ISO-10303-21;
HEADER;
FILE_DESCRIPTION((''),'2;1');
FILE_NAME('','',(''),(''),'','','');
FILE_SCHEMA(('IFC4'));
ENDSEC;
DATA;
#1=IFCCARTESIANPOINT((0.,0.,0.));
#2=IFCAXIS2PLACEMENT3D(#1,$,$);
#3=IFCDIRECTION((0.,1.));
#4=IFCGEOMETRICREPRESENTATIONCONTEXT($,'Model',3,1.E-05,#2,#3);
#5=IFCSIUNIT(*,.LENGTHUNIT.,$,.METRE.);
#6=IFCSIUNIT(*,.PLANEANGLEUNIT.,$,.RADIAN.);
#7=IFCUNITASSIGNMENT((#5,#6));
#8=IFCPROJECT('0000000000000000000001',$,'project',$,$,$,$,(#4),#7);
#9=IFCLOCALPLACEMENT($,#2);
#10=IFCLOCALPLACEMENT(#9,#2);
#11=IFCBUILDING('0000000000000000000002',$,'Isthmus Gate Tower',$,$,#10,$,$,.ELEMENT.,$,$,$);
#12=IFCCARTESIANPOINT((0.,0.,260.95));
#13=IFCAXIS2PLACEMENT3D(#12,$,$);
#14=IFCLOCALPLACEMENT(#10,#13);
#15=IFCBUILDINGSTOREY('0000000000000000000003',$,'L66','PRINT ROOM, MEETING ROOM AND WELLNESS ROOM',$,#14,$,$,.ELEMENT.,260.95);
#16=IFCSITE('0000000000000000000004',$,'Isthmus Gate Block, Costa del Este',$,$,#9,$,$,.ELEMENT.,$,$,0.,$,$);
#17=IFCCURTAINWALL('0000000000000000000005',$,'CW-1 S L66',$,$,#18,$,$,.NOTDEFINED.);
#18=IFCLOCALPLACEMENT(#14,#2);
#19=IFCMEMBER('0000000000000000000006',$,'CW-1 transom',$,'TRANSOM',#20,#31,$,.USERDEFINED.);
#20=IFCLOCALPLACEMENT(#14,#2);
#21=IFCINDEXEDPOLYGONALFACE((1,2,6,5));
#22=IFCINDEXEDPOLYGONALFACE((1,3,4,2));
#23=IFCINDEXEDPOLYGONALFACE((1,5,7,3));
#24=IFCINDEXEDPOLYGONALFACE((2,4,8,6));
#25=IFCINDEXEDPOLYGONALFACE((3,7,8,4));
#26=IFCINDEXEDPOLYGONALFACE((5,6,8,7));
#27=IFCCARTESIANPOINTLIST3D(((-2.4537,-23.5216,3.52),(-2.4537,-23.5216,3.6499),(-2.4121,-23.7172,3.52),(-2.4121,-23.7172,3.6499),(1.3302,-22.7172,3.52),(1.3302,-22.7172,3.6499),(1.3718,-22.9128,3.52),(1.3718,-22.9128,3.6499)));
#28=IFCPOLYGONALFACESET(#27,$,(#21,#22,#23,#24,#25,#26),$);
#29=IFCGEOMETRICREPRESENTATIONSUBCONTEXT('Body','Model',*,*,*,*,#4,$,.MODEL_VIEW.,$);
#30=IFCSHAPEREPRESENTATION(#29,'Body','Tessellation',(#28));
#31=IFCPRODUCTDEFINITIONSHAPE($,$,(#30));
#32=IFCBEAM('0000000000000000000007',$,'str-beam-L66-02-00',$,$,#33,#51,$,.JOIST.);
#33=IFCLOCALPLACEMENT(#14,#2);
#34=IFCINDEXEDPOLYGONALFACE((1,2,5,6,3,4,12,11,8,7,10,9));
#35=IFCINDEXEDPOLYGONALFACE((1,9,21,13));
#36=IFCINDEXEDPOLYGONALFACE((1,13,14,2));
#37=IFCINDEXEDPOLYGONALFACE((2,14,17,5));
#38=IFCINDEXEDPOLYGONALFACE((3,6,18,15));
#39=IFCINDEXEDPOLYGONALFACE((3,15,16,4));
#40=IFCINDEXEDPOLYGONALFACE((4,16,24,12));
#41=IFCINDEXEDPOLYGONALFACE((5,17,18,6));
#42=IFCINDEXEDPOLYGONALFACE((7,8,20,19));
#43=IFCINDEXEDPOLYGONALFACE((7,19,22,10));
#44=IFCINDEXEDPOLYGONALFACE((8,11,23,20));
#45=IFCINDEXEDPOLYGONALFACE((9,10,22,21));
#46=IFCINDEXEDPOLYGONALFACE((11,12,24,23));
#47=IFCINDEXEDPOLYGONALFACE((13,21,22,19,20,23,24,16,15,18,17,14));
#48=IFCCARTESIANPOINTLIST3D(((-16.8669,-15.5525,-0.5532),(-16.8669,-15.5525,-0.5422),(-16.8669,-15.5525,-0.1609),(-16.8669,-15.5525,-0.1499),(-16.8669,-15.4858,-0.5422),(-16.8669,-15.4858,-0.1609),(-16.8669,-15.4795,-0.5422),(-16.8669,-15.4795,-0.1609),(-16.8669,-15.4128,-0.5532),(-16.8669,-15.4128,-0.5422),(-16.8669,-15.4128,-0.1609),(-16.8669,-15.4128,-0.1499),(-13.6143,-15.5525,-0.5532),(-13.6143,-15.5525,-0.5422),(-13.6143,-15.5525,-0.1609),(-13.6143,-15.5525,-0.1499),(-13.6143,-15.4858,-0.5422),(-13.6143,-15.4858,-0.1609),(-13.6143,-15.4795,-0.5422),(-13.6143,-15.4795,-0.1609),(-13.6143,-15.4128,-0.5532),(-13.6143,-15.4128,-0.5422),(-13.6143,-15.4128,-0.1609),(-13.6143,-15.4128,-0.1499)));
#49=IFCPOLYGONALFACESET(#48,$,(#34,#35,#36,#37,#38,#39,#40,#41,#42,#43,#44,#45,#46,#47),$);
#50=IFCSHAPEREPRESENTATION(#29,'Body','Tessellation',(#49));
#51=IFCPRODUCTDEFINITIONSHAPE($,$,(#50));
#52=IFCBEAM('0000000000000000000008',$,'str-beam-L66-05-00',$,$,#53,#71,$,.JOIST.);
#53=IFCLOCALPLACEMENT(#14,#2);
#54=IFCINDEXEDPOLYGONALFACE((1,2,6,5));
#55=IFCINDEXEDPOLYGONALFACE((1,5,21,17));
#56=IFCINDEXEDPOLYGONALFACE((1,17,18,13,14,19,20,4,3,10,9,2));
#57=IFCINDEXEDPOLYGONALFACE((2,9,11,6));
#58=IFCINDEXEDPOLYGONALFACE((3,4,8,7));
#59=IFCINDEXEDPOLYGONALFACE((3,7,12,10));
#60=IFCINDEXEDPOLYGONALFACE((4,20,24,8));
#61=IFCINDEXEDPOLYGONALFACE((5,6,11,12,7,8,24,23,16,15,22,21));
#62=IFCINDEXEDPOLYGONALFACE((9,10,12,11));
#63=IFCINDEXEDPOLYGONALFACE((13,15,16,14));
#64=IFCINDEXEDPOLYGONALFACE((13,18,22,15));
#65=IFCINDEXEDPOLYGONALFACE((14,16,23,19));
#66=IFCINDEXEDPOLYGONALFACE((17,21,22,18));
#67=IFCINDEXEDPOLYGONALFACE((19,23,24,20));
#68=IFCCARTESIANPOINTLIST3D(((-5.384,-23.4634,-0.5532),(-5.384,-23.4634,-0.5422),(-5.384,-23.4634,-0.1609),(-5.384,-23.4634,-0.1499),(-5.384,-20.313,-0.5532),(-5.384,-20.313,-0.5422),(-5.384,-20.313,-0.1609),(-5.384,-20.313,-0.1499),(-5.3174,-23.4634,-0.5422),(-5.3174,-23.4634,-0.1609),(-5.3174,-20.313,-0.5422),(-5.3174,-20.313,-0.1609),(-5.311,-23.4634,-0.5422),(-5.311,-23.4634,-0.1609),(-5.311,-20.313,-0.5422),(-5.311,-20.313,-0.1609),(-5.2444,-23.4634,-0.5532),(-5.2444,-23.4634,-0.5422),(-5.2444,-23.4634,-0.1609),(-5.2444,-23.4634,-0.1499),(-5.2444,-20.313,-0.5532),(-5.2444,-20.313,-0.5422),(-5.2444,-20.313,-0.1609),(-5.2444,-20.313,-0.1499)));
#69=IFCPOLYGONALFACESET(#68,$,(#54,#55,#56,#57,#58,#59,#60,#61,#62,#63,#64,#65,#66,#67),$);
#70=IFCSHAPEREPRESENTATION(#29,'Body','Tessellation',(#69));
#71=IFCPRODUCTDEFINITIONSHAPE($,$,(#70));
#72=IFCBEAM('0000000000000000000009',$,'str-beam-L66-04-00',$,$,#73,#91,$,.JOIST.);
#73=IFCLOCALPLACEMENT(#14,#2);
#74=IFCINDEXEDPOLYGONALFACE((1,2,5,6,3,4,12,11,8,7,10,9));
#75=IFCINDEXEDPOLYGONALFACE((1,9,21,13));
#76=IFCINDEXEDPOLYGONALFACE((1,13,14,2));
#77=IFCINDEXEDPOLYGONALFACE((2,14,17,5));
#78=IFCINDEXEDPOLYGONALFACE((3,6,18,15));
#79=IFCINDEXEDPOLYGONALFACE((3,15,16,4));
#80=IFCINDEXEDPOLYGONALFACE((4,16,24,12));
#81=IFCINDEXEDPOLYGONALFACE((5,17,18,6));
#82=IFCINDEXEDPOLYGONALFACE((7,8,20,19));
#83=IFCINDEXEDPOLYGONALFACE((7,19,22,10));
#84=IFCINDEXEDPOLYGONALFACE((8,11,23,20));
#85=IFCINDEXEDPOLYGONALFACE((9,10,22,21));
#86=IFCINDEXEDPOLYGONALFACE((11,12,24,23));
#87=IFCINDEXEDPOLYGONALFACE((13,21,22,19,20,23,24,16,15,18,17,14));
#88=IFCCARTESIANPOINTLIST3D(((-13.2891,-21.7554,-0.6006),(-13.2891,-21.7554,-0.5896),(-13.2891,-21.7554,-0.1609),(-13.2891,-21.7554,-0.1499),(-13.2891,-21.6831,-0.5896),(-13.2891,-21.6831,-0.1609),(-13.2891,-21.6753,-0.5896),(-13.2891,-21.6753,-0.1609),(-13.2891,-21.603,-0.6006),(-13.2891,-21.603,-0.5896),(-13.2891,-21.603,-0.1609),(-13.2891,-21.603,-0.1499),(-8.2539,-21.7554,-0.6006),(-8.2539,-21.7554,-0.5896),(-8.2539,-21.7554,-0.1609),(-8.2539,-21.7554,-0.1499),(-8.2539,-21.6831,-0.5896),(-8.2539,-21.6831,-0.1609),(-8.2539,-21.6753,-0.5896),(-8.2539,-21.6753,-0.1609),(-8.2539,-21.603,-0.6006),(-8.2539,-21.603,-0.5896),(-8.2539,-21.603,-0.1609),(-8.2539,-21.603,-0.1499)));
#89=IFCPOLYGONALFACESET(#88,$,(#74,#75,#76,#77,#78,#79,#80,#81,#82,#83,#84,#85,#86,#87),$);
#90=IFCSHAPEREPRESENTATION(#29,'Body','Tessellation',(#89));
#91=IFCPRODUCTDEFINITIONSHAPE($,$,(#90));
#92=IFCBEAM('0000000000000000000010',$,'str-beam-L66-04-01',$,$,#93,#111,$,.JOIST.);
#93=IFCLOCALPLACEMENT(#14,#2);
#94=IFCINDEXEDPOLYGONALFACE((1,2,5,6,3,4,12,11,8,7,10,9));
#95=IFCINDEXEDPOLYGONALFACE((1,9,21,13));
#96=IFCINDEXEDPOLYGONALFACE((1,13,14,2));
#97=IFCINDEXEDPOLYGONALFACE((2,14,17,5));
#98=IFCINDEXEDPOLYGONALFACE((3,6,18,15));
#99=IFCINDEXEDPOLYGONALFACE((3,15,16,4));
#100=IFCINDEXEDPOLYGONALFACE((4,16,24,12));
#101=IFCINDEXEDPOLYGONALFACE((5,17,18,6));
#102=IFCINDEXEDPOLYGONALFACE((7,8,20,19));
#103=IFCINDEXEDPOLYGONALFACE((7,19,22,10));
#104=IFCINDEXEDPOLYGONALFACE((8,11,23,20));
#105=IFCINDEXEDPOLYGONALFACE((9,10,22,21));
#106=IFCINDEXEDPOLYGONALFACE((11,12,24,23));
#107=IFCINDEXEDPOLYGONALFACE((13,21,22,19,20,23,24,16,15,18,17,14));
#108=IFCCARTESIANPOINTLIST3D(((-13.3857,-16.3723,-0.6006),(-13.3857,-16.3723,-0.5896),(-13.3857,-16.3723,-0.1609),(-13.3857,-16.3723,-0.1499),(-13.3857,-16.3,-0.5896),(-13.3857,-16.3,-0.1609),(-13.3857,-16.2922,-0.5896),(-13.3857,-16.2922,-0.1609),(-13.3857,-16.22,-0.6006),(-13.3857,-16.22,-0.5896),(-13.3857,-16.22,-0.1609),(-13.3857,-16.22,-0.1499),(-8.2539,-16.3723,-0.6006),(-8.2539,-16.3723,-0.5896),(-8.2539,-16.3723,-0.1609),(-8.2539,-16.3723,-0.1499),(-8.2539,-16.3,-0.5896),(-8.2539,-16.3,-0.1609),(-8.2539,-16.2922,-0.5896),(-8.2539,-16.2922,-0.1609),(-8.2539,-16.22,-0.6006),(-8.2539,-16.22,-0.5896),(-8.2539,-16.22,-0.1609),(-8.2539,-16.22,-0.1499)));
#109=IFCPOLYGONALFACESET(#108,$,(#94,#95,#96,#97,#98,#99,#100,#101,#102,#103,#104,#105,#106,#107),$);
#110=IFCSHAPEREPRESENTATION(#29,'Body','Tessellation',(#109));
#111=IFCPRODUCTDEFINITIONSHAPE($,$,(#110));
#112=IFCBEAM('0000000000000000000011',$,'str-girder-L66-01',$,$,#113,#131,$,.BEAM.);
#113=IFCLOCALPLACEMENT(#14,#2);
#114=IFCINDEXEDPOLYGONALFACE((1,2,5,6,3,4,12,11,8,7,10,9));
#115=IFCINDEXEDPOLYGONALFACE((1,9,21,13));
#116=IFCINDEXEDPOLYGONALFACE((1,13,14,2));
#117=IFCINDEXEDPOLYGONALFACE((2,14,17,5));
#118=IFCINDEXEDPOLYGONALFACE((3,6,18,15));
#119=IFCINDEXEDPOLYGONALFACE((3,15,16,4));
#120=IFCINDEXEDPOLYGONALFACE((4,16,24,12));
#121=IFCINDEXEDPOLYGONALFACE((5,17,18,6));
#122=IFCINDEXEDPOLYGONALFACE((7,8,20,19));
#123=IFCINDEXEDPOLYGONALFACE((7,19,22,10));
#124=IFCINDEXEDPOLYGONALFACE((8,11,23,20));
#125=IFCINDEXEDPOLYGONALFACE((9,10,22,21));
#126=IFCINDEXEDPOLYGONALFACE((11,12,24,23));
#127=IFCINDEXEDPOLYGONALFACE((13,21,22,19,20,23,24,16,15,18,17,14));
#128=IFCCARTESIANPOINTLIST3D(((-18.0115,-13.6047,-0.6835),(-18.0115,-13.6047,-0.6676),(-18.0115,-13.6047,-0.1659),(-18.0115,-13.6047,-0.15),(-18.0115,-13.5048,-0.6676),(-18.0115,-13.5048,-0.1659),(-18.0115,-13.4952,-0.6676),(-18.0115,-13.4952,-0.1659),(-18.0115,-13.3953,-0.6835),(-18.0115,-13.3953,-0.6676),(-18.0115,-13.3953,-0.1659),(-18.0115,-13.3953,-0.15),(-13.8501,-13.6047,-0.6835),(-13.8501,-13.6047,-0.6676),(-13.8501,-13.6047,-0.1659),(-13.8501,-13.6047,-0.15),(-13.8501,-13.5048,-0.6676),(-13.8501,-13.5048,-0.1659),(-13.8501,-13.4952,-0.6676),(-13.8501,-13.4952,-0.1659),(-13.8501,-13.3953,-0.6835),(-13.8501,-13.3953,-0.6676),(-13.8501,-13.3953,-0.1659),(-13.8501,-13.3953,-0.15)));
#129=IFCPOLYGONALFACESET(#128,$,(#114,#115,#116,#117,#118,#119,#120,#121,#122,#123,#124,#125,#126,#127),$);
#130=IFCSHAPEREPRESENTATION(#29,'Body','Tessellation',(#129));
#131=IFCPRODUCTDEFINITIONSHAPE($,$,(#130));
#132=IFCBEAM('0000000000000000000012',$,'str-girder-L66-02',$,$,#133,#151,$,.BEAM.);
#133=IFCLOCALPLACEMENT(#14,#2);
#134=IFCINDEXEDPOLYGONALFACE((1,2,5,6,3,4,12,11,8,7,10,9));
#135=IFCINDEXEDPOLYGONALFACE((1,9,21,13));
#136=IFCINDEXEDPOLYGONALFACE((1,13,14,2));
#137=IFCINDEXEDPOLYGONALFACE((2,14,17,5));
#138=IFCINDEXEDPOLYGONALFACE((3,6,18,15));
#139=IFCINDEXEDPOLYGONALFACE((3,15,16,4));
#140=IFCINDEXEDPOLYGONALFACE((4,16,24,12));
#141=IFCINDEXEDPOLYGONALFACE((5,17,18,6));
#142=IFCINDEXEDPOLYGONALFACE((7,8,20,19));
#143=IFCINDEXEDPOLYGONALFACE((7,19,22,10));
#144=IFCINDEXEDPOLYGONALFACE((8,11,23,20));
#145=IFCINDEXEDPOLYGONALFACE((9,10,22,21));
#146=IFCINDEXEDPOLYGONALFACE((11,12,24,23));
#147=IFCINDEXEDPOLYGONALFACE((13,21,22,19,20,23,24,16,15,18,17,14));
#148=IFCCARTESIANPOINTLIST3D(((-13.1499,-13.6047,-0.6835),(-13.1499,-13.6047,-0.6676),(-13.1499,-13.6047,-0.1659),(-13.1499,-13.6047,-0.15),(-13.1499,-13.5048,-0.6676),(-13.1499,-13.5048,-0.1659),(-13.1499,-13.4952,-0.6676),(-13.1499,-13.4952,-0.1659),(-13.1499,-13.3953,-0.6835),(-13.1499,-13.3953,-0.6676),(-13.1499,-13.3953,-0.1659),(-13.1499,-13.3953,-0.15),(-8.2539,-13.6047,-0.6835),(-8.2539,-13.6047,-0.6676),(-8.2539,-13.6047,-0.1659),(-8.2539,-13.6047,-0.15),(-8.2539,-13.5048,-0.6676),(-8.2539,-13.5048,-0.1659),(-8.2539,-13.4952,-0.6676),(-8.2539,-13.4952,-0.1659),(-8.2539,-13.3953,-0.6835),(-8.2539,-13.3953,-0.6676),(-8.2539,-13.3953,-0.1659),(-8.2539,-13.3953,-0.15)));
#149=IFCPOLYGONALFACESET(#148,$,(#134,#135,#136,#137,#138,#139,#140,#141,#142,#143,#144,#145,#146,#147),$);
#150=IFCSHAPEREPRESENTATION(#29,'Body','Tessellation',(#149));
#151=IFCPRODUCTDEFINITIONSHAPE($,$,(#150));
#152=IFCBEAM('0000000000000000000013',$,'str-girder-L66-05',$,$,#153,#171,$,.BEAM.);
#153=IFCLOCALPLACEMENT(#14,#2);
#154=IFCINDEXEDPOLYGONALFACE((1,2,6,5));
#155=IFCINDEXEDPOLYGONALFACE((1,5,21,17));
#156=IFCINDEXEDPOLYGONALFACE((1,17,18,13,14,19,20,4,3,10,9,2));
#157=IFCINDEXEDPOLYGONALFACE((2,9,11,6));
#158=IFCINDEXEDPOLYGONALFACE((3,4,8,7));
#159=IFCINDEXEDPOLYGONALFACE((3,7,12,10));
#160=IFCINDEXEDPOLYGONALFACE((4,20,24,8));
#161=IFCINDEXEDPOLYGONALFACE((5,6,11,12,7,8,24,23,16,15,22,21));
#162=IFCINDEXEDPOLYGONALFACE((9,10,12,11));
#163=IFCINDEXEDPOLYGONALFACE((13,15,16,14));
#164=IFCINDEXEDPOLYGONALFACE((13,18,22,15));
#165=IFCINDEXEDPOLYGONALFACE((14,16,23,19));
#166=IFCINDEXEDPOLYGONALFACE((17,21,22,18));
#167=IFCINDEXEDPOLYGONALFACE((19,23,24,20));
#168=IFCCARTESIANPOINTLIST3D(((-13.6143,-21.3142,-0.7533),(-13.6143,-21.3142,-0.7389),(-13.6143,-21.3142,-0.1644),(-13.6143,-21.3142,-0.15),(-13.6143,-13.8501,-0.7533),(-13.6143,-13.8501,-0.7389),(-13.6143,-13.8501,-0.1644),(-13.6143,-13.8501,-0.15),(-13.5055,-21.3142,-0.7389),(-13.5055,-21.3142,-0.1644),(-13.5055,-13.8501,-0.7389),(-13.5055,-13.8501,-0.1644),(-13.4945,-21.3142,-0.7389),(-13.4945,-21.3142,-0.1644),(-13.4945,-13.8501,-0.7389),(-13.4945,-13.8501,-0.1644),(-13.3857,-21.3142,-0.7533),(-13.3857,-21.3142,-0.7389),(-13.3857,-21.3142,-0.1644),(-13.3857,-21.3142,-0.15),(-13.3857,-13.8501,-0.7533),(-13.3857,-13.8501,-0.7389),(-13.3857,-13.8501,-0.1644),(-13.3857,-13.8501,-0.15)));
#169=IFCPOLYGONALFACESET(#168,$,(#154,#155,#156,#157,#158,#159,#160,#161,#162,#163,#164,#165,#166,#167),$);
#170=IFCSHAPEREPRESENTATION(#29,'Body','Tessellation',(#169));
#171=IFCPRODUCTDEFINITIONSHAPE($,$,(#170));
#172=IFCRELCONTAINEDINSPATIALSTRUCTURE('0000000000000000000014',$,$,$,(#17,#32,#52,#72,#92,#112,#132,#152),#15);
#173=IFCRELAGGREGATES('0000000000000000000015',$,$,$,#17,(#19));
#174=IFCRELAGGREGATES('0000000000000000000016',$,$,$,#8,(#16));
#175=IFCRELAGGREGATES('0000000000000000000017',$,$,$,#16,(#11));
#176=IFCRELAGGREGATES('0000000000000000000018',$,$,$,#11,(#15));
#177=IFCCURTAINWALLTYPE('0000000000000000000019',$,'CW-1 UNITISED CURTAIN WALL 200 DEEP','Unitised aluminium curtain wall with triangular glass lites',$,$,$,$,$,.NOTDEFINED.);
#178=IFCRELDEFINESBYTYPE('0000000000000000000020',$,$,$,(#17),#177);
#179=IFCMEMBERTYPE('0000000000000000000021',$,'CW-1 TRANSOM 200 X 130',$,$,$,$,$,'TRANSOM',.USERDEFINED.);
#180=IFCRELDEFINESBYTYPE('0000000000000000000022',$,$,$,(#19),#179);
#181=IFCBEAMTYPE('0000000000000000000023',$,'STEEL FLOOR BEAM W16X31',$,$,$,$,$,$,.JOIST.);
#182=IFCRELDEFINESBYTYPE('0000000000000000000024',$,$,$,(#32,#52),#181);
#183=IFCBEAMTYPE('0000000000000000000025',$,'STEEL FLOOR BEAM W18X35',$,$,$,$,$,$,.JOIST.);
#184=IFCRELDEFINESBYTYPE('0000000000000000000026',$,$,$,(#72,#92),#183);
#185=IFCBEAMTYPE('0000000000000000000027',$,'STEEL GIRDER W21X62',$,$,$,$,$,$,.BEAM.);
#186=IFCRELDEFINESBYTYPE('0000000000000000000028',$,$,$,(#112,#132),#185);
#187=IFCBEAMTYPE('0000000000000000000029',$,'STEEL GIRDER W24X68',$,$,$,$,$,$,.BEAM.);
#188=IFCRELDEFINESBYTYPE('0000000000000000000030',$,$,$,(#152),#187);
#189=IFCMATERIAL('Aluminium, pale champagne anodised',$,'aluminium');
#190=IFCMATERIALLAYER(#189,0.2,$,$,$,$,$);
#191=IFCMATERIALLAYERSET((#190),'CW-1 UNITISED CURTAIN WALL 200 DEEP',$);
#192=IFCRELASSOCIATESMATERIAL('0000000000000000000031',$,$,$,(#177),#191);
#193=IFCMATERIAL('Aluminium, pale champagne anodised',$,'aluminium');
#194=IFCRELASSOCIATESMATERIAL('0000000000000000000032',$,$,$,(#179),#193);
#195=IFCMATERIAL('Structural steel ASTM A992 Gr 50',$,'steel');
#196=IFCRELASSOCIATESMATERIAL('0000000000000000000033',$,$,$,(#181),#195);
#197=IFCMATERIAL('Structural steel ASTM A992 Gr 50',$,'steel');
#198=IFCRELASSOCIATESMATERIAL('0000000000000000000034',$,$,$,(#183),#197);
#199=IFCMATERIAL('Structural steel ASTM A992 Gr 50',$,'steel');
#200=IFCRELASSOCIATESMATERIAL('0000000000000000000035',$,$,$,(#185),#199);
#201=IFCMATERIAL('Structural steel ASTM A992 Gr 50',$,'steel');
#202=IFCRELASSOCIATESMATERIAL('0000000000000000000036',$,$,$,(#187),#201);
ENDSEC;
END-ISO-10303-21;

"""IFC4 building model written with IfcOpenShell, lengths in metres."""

from ifc_helpers import new_model, si_unit, direction, frame, origin, origin_2d, place, context, subcontext, project, spatial, rectangle, i_section, extrude, material, layer, layer_set, material_profile, profile_set, type_object, element, aggregate, save


model = new_model("IFC4")

# Units and contexts
model_context = context("Model", 3, precision=1e-05, world=origin(), true_north=direction((0.0, 1.0)))
body_context = subcontext(model_context, "Body", "Model", "MODEL_VIEW")
ifc_project = project(units=[si_unit("LENGTHUNIT", "METRE"), si_unit("PLANEANGLEUNIT", "RADIAN")], contexts=[model_context])

# Site, building, storey
site_placement = place(None, origin())
site = spatial("IfcSite", under=ifc_project, at=site_placement, Name="Isthmus Gate Block, Costa del Este", CompositionType="ELEMENT", RefElevation=0.0)
building_placement = place(site_placement, origin())
building = spatial("IfcBuilding", under=site, at=building_placement, Name="Isthmus Gate Tower", CompositionType="ELEMENT")
storey_placement = place(building_placement, frame((0.0, 0.0, 260.95)))
storey = spatial("IfcBuildingStorey", under=building, at=storey_placement, Name="L66", Description="PRINT ROOM, MEETING ROOM AND WELLNESS ROOM", CompositionType="ELEMENT", Elevation=260.95)

# Shared definitions
ifc_material_1 = material(Name="Aluminium, pale champagne anodised", Category="aluminium")
ifc_layer_1 = layer(ifc_material_1, 0.2)
ifc_layer_set_1 = layer_set([ifc_layer_1], Name="CW-1 UNITISED CURTAIN WALL 200 DEEP")
curtain_wall_type = type_object("IfcCurtainWallType", Name="CW-1 UNITISED CURTAIN WALL 200 DEEP", Description="Unitised aluminium curtain wall with triangular glass lites", PredefinedType="NOTDEFINED", material=ifc_layer_set_1)

# Curtain wall
curtain_wall_1_placement = place(storey_placement, origin())
curtain_wall_1 = element("IfcCurtainWall", 1, at=curtain_wall_1_placement, inside=storey, type_object=curtain_wall_type, Name="CW-1 S L66", PredefinedType="NOTDEFINED")

# Member
ifc_material_2 = material(Name="Aluminium, pale champagne anodised", Category="aluminium")
ifc_material_profile_1 = material_profile(ifc_material_2, rectangle(XDim=0.2, YDim=0.1299, at=origin_2d()), Name="200x130")
ifc_profile_set_1 = profile_set([ifc_material_profile_1], Name="Aluminium, pale champagne anodised")
member_type_1 = type_object("IfcMemberType", Name="CW-1 TRANSOM 200 X 130", ElementType="TRANSOM", PredefinedType="USERDEFINED", material=ifc_profile_set_1)
member_1_placement = place(storey_placement, frame((-2.4329, -23.6194, 3.585), z_axis=(0.97814, 0.207947, 0.0), x_axis=(-0.207947, 0.97814, 0.0)))
member_1 = element("IfcMember", 2, at=member_1_placement, type_object=member_type_1, Name="CW-1 transom", ObjectType="TRANSOM", PredefinedType="USERDEFINED", context=body_context, shape_type="SweptSolid", body=[
    extrude(rectangle(XDim=0.2, YDim=0.1299, at=origin_2d()), origin(), (0.0, 0.0, 1.0), 3.8684),
])

# Beams
ifc_material_3 = material(Name="Structural steel ASTM A992 Gr 50", Category="steel")
ifc_material_profile_2 = material_profile(ifc_material_3, i_section(OverallWidth=0.1396, OverallDepth=0.4033, WebThickness=0.0063, FlangeThickness=0.011, at=origin_2d()), Name="W16X31")
ifc_profile_set_2 = profile_set([ifc_material_profile_2], Name="Structural steel ASTM A992 Gr 50")
beam_type_1 = type_object("IfcBeamType", Name="STEEL FLOOR BEAM W16X31", PredefinedType="JOIST", material=ifc_profile_set_2)
beam_1_placement = place(storey_placement, frame((-16.8669, -15.4827, -0.3516), z_axis=(1.0, 0.0, 0.0), x_axis=(0.0, 1.0, 0.0)))
element("IfcBeam", 3, at=beam_1_placement, inside=storey, type_object=beam_type_1, Name="str-beam-L66-02-00", PredefinedType="JOIST", context=body_context, shape_type="SweptSolid", body=[
    extrude(i_section(OverallWidth=0.1396, OverallDepth=0.4033, WebThickness=0.0063, FlangeThickness=0.011, at=origin_2d()), origin(), (0.0, 0.0, 1.0), 3.2527),
])
beam_2_placement = place(storey_placement, frame((-5.3142, -23.4634, -0.3516), z_axis=(0.0, 1.0, 0.0), x_axis=(-1.0, 0.0, 0.0)))
element("IfcBeam", 4, at=beam_2_placement, inside=storey, type_object=beam_type_1, Name="str-beam-L66-05-00", PredefinedType="JOIST", context=body_context, shape_type="SweptSolid", body=[
    extrude(i_section(OverallWidth=0.1396, OverallDepth=0.4033, WebThickness=0.0063, FlangeThickness=0.011, at=origin_2d()), origin(), (0.0, 0.0, 1.0), 3.1504),
])
ifc_material_4 = material(Name="Structural steel ASTM A992 Gr 50", Category="steel")
ifc_material_profile_3 = material_profile(ifc_material_4, i_section(OverallWidth=0.1523, OverallDepth=0.4507, WebThickness=0.0078, FlangeThickness=0.011, at=origin_2d()), Name="W18X35")
ifc_profile_set_3 = profile_set([ifc_material_profile_3], Name="Structural steel ASTM A992 Gr 50")
beam_type_2 = type_object("IfcBeamType", Name="STEEL FLOOR BEAM W18X35", PredefinedType="JOIST", material=ifc_profile_set_3)
beam_3_placement = place(storey_placement, frame((-13.2891, -21.6792, -0.3752), z_axis=(1.0, 0.0, 0.0), x_axis=(0.0, 1.0, 0.0)))
element("IfcBeam", 5, at=beam_3_placement, inside=storey, type_object=beam_type_2, Name="str-beam-L66-04-00", PredefinedType="JOIST", context=body_context, shape_type="SweptSolid", body=[
    extrude(i_section(OverallWidth=0.1523, OverallDepth=0.4507, WebThickness=0.0078, FlangeThickness=0.011, at=origin_2d()), origin(), (0.0, 0.0, 1.0), 5.0352),
])
beam_4_placement = place(storey_placement, frame((-13.3857, -16.2961, -0.3752), z_axis=(1.0, 0.0, 0.0), x_axis=(0.0, 1.0, 0.0)))
element("IfcBeam", 6, at=beam_4_placement, inside=storey, type_object=beam_type_2, Name="str-beam-L66-04-01", PredefinedType="JOIST", context=body_context, shape_type="SweptSolid", body=[
    extrude(i_section(OverallWidth=0.1523, OverallDepth=0.4507, WebThickness=0.0078, FlangeThickness=0.011, at=origin_2d()), origin(), (0.0, 0.0, 1.0), 5.1318),
])
ifc_material_5 = material(Name="Structural steel ASTM A992 Gr 50", Category="steel")
ifc_material_profile_4 = material_profile(ifc_material_5, i_section(OverallWidth=0.2095, OverallDepth=0.5334, WebThickness=0.0095, FlangeThickness=0.0159, at=origin_2d()), Name="W21X62")
ifc_profile_set_4 = profile_set([ifc_material_profile_4], Name="Structural steel ASTM A992 Gr 50")
beam_type_3 = type_object("IfcBeamType", Name="STEEL GIRDER W21X62", PredefinedType="BEAM", material=ifc_profile_set_4)
beam_5_placement = place(storey_placement, frame((-18.0115, -13.5, -0.4167), z_axis=(1.0, 0.0, 0.0), x_axis=(0.0, 1.0, 0.0)))
element("IfcBeam", 7, at=beam_5_placement, inside=storey, type_object=beam_type_3, Name="str-girder-L66-01", PredefinedType="BEAM", context=body_context, shape_type="SweptSolid", body=[
    extrude(i_section(OverallWidth=0.2095, OverallDepth=0.5334, WebThickness=0.0095, FlangeThickness=0.0159, at=origin_2d()), origin(), (0.0, 0.0, 1.0), 4.1614),
])
beam_6_placement = place(storey_placement, frame((-13.1499, -13.5, -0.4167), z_axis=(1.0, 0.0, 0.0), x_axis=(0.0, 1.0, 0.0)))
element("IfcBeam", 8, at=beam_6_placement, inside=storey, type_object=beam_type_3, Name="str-girder-L66-02", PredefinedType="BEAM", context=body_context, shape_type="SweptSolid", body=[
    extrude(i_section(OverallWidth=0.2095, OverallDepth=0.5334, WebThickness=0.0095, FlangeThickness=0.0159, at=origin_2d()), origin(), (0.0, 0.0, 1.0), 4.896),
])
ifc_material_6 = material(Name="Structural steel ASTM A992 Gr 50", Category="steel")
ifc_material_profile_5 = material_profile(ifc_material_6, i_section(OverallWidth=0.2285, OverallDepth=0.6033, WebThickness=0.011, FlangeThickness=0.0144, at=origin_2d()), Name="W24X68")
ifc_profile_set_5 = profile_set([ifc_material_profile_5], Name="Structural steel ASTM A992 Gr 50")
beam_type_4 = type_object("IfcBeamType", Name="STEEL GIRDER W24X68", PredefinedType="BEAM", material=ifc_profile_set_5)
beam_7_placement = place(storey_placement, frame((-13.5, -21.3142, -0.4517), z_axis=(0.0, 1.0, 0.0), x_axis=(-1.0, 0.0, 0.0)))
element("IfcBeam", 9, at=beam_7_placement, inside=storey, type_object=beam_type_4, Name="str-girder-L66-05", PredefinedType="BEAM", context=body_context, shape_type="SweptSolid", body=[
    extrude(i_section(OverallWidth=0.2285, OverallDepth=0.6033, WebThickness=0.011, FlangeThickness=0.0144, at=origin_2d()), origin(), (0.0, 0.0, 1.0), 7.4641),
])

aggregate(curtain_wall_1, [member_1])

save(model, "model.ifc")
